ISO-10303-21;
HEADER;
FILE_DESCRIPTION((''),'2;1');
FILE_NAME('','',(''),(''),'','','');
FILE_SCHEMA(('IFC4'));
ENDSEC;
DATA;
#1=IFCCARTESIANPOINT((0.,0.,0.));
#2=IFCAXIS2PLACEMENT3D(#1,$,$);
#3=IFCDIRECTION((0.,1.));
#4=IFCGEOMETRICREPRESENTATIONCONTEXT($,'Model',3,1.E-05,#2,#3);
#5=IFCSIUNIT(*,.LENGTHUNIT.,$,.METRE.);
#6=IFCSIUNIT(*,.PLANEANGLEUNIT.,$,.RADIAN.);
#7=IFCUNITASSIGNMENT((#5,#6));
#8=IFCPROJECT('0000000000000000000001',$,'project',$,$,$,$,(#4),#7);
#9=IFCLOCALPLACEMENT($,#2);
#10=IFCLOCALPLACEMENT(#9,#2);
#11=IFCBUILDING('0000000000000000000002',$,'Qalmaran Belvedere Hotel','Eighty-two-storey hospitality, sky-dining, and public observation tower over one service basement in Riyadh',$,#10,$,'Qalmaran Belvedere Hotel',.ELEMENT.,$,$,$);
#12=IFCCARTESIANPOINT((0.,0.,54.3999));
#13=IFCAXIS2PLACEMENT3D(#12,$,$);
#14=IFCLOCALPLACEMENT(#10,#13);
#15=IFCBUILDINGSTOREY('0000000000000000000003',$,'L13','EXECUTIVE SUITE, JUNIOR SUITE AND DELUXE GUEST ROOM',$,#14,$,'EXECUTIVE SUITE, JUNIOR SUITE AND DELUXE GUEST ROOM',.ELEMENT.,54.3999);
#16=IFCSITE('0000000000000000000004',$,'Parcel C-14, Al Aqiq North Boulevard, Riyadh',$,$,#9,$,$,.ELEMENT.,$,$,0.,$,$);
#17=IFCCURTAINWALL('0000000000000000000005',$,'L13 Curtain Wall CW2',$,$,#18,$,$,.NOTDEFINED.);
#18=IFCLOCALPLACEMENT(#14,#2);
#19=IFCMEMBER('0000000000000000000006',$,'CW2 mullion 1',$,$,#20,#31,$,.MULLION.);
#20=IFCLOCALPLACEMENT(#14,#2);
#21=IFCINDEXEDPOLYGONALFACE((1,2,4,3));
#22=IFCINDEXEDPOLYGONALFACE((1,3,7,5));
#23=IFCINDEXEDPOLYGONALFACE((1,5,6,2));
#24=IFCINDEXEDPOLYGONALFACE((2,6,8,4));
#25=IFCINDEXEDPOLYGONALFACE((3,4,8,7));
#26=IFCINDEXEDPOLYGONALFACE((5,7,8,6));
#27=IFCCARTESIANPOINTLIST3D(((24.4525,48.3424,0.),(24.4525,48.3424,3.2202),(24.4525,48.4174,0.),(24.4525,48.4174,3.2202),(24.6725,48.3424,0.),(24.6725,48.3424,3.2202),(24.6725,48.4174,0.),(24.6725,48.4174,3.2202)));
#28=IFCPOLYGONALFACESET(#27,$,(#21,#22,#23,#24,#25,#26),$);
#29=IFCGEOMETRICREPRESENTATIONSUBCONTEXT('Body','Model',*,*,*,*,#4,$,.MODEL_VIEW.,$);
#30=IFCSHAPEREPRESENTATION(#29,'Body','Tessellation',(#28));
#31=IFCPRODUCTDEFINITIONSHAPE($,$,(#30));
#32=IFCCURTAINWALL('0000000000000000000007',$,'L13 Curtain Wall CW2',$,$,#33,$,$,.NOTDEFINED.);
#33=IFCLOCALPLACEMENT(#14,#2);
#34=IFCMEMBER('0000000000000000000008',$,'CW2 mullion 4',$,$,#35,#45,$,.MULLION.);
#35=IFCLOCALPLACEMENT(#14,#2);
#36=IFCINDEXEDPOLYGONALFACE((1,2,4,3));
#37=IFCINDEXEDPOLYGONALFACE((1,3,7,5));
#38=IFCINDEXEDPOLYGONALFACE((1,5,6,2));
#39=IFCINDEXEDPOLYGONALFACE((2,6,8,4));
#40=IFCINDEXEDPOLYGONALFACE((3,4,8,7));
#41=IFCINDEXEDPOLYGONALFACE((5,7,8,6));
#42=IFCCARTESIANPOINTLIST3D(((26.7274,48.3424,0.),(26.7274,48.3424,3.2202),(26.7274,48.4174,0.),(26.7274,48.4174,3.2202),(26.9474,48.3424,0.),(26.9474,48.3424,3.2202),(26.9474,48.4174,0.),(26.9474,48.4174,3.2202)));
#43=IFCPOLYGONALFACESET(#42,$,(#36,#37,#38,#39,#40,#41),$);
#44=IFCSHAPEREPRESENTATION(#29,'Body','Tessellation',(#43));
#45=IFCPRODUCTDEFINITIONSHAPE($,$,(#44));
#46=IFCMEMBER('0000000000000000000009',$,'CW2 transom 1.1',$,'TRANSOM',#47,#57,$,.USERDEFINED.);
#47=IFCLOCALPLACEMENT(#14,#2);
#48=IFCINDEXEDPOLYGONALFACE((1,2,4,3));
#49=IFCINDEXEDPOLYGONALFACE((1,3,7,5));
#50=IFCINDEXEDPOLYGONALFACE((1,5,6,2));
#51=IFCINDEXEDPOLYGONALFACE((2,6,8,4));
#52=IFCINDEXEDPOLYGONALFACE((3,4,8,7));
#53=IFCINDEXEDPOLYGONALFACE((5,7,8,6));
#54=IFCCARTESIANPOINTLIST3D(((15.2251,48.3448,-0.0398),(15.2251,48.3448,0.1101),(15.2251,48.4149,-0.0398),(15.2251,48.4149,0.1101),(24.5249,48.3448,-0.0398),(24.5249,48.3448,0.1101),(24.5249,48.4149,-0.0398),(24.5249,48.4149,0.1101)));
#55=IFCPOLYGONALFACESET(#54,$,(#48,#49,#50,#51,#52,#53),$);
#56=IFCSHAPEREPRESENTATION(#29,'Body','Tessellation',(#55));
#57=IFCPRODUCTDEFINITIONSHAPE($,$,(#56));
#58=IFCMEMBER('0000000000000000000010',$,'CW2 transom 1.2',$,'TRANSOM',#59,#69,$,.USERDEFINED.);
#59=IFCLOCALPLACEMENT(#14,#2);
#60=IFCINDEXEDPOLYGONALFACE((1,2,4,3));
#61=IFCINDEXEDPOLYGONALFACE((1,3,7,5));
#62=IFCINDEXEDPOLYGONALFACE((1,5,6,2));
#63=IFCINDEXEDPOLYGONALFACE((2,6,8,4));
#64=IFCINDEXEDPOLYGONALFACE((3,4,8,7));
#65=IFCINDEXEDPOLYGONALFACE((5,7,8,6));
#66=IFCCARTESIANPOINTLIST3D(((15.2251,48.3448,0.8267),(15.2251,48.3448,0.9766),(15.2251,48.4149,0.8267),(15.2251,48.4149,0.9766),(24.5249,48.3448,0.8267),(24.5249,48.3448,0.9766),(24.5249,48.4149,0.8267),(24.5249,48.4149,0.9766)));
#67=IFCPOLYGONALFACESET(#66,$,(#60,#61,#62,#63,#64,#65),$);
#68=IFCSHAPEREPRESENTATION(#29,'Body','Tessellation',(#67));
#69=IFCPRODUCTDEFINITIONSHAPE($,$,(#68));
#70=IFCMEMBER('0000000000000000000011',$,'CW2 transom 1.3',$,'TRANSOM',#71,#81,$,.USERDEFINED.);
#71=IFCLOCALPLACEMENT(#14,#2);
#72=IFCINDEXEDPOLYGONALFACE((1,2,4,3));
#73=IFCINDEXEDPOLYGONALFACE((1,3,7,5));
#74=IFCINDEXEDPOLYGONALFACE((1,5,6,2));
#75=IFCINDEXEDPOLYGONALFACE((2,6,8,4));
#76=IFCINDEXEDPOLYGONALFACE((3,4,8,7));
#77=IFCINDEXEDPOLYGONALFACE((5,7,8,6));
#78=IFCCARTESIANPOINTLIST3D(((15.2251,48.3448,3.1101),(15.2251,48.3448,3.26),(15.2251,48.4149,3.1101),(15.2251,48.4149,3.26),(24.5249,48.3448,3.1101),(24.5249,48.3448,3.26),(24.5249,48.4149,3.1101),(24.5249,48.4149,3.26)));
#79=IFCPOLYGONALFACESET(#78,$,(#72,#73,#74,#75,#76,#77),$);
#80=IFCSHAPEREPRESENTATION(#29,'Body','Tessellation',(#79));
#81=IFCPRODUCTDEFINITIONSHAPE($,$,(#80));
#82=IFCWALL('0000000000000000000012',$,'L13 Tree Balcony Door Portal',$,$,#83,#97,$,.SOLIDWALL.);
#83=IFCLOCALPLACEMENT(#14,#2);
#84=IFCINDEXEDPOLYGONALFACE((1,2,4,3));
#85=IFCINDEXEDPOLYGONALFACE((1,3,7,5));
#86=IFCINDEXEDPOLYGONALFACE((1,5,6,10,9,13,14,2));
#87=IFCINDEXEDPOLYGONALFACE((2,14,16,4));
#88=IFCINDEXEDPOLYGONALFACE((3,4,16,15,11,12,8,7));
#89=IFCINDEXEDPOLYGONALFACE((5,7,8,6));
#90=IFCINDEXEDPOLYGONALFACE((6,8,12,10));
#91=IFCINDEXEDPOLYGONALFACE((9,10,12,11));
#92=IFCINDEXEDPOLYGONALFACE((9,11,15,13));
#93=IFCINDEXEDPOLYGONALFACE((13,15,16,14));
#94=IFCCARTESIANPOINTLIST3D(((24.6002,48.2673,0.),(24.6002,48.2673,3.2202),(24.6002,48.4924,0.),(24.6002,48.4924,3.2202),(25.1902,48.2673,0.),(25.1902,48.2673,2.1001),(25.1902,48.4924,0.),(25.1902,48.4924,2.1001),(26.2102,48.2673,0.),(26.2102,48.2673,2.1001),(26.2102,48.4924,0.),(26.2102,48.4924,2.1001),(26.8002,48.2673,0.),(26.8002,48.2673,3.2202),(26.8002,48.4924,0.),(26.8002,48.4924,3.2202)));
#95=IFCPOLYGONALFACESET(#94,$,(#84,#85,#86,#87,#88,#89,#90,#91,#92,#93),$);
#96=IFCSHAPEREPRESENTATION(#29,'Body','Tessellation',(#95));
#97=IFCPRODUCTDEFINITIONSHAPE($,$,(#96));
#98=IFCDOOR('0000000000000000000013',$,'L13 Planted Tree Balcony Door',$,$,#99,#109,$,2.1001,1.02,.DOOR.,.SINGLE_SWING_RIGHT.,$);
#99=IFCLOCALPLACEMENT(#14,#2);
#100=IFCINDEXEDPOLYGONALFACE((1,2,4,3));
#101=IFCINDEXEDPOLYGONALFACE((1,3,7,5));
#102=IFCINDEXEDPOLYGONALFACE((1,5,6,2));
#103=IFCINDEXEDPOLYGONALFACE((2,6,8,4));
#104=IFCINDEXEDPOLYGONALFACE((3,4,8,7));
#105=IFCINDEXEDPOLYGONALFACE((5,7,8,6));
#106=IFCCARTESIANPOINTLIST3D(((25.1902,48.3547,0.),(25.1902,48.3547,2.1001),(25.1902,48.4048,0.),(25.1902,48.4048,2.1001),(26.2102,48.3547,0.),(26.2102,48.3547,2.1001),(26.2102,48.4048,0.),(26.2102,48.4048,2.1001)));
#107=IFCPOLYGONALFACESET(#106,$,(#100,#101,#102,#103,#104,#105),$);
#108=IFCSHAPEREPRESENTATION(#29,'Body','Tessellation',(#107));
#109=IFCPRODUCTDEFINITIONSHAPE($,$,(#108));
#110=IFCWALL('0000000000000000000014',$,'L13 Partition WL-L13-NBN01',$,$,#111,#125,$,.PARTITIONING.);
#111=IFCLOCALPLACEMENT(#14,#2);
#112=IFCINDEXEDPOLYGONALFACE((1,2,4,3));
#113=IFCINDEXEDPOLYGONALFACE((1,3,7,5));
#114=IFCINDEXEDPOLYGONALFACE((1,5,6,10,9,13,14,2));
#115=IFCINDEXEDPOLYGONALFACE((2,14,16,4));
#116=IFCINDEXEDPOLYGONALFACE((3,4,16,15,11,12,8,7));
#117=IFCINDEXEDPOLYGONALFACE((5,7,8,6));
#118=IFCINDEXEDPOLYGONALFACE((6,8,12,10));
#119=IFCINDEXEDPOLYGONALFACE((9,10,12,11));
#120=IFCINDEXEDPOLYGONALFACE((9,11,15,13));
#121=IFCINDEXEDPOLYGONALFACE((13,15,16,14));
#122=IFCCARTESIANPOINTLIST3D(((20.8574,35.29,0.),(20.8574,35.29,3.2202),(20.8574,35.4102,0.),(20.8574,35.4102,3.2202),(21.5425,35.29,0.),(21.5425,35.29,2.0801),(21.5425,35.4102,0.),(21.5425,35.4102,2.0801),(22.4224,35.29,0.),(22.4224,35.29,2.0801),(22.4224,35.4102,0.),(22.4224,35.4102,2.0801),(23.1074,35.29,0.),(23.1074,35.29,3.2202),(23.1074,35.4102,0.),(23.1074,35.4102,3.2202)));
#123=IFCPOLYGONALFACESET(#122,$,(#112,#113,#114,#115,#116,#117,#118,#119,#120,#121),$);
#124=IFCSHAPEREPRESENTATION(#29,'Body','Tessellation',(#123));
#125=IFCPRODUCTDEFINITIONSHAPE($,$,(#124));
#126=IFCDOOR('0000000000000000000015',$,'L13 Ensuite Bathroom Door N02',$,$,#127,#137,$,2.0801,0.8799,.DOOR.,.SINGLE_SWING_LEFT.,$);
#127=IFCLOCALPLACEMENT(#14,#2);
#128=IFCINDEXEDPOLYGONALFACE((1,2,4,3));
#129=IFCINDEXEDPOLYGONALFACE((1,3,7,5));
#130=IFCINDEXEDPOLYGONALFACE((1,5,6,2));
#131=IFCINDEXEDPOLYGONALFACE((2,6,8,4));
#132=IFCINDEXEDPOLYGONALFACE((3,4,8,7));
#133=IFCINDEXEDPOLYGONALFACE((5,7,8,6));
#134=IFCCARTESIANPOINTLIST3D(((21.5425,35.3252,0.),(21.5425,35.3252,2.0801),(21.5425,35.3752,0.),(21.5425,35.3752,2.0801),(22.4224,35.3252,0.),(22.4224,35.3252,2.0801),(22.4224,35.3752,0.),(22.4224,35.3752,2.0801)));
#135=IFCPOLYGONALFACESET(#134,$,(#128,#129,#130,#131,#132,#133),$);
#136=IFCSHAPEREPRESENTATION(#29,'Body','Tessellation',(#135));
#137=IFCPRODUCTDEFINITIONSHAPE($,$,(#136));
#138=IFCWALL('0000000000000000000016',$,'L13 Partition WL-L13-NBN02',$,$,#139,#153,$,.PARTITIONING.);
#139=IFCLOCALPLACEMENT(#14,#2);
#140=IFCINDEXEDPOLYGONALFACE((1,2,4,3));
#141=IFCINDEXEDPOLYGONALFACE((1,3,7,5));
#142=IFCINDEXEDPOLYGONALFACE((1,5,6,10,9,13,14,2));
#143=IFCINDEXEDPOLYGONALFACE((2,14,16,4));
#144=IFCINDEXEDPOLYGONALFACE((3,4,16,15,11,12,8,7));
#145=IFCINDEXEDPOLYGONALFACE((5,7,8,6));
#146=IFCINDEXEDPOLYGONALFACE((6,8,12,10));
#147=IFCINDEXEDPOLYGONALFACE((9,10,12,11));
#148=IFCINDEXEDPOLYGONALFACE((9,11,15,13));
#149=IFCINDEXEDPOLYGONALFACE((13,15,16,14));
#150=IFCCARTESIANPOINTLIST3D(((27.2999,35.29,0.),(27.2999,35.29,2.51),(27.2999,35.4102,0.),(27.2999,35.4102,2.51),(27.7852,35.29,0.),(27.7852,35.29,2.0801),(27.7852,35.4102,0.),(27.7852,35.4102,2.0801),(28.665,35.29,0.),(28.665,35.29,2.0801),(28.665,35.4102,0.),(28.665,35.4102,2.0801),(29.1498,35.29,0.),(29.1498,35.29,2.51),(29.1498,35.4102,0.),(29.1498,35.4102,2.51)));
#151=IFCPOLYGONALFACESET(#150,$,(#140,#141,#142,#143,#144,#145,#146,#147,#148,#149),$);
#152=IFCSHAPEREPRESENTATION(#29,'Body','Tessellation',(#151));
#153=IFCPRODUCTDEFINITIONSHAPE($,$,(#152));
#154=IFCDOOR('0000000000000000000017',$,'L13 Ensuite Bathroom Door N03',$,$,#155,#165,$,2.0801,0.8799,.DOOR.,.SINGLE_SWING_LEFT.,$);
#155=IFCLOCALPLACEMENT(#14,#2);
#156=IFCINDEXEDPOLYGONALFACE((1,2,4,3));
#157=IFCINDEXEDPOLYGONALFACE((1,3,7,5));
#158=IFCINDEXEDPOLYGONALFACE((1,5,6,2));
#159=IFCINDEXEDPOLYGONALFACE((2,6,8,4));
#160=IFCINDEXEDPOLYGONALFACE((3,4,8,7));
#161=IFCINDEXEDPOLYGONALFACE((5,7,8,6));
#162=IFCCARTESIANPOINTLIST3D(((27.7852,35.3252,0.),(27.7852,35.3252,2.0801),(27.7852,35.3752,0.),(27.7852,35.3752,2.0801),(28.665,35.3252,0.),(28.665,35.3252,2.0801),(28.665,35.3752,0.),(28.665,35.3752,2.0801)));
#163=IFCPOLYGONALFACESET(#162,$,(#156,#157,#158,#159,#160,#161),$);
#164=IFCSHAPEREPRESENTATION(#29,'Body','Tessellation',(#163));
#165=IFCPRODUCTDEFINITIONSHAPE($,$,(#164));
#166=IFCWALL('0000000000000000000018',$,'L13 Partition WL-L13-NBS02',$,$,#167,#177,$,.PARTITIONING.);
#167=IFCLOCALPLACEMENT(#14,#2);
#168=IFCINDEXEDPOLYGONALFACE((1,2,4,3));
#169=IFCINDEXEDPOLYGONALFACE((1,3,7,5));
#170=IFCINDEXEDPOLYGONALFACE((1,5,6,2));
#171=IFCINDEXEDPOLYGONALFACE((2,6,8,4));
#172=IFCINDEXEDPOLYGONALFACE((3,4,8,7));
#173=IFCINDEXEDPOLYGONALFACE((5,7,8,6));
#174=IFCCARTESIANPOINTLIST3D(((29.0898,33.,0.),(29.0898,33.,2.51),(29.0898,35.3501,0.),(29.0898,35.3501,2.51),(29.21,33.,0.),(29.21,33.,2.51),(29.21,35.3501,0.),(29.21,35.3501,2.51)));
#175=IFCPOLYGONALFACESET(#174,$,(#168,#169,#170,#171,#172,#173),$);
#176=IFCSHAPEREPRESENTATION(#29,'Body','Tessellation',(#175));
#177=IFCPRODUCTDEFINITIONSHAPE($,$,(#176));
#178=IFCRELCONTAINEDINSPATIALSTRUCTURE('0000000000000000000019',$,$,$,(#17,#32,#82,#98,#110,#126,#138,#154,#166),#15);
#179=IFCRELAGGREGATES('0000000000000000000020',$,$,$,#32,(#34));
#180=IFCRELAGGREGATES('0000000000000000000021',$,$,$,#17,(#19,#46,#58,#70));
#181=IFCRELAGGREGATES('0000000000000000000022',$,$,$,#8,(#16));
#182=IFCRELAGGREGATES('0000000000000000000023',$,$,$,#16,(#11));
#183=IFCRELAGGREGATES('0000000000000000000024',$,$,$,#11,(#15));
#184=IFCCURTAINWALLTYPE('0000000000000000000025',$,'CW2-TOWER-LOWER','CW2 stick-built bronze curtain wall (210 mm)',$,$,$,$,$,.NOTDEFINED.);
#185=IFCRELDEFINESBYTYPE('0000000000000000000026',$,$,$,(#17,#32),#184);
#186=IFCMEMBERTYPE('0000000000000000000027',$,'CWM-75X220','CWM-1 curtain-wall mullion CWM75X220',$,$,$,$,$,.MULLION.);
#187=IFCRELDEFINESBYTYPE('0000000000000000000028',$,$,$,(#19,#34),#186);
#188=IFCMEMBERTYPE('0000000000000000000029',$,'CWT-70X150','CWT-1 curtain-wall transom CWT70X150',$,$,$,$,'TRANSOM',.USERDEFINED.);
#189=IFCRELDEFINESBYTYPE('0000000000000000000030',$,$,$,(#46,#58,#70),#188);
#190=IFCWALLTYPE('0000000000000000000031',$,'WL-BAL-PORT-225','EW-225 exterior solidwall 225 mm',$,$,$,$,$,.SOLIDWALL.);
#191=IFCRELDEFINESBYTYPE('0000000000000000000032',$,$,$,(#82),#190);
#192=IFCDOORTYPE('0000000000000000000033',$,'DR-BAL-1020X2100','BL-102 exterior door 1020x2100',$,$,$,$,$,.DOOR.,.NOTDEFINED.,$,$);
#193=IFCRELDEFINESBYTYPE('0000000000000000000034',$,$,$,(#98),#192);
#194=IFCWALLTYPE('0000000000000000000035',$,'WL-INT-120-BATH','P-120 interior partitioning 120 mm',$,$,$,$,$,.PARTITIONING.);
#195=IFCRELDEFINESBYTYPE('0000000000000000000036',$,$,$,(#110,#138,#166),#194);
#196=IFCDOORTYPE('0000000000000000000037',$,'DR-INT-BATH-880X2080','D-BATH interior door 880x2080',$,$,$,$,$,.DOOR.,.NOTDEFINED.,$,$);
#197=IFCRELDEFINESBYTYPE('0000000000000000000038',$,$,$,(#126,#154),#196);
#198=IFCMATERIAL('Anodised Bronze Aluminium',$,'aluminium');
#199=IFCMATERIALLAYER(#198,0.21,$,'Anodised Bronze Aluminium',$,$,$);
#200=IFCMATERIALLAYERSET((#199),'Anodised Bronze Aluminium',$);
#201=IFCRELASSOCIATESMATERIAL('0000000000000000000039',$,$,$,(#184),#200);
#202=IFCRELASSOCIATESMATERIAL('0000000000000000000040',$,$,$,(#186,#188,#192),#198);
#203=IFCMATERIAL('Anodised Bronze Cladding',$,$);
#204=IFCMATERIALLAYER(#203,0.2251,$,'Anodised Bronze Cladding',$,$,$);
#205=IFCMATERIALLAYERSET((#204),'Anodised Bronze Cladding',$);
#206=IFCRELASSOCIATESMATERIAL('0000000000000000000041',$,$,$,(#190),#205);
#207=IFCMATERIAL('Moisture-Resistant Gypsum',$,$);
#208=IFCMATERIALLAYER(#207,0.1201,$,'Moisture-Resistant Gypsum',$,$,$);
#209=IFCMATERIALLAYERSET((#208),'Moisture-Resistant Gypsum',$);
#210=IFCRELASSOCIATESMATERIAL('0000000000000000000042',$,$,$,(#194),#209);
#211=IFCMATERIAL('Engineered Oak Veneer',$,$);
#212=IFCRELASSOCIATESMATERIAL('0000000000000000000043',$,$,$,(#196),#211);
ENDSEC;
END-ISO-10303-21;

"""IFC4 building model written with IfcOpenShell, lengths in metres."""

from ifc_helpers import new_model, si_unit, direction, frame, frame_2d, origin, origin_2d, place, context, subcontext, project, spatial, rectangle, extrude, material, layer, layer_set, material_profile, profile_set, type_object, element, fill, aggregate, save


model = new_model("IFC4")

# Units and contexts
model_context = context("Model", 3, precision=1e-05, world=origin(), true_north=direction((0.0, 1.0)))
body_context = subcontext(model_context, "Body", "Model", "MODEL_VIEW")
ifc_project = project(units=[si_unit("LENGTHUNIT", "METRE"), si_unit("PLANEANGLEUNIT", "RADIAN")], contexts=[model_context])

# Site, building, storey
site_placement = place(None, origin())
site = spatial("IfcSite", under=ifc_project, at=site_placement, Name="Parcel C-14, Al Aqiq North Boulevard, Riyadh", CompositionType="ELEMENT", RefElevation=0.0)
building_placement = place(site_placement, origin())
building = spatial("IfcBuilding", under=site, at=building_placement, Name="Qalmaran Belvedere Hotel", Description="Eighty-two-storey hospitality, sky-dining, and public observation tower over one service basement in Riyadh", LongName="Qalmaran Belvedere Hotel", CompositionType="ELEMENT")
storey_placement = place(building_placement, frame((0.0, 0.0, 54.3999)))
storey = spatial("IfcBuildingStorey", under=building, at=storey_placement, Name="L13", Description="EXECUTIVE SUITE, JUNIOR SUITE AND DELUXE GUEST ROOM", LongName="EXECUTIVE SUITE, JUNIOR SUITE AND DELUXE GUEST ROOM", CompositionType="ELEMENT", Elevation=54.3999)

# Curtain walls, members
ifc_material_1 = material(Name="Anodised Bronze Aluminium", Category="aluminium")
ifc_layer_1 = layer(ifc_material_1, 0.21, Name="Anodised Bronze Aluminium")
ifc_layer_set_1 = layer_set([ifc_layer_1], Name="Anodised Bronze Aluminium")
curtain_wall_type = type_object("IfcCurtainWallType", Name="CW2-TOWER-LOWER", Description="CW2 stick-built bronze curtain wall (210 mm)", PredefinedType="NOTDEFINED", material=ifc_layer_set_1)
curtain_wall_1_placement = place(storey_placement, origin())
curtain_wall_1 = element("IfcCurtainWall", 1, at=curtain_wall_1_placement, inside=storey, type_object=curtain_wall_type, Name="L13 Curtain Wall CW2", PredefinedType="NOTDEFINED")
ifc_material_profile_1 = material_profile(ifc_material_1, rectangle(XDim=0.075, YDim=0.22, at=origin_2d()), Name="CWM75X220")
ifc_profile_set_1 = profile_set([ifc_material_profile_1], Name="Anodised Bronze Aluminium")
member_type_1 = type_object("IfcMemberType", Name="CWM-75X220", Description="CWM-1 curtain-wall mullion CWM75X220", PredefinedType="MULLION", material=ifc_profile_set_1)
member_1_placement = place(storey_placement, frame((24.5625, 48.3799, 0.0), z_axis=(0.0, 0.0, 1.0), x_axis=(0.0, -1.0, 0.0)))
member_1 = element("IfcMember", 2, at=member_1_placement, type_object=member_type_1, Name="CW2 mullion 1", PredefinedType="MULLION", context=body_context, shape_type="SweptSolid", body=[
    extrude(rectangle(XDim=0.075, YDim=0.22, at=origin_2d()), origin(), (0.0, 0.0, 1.0), 3.2202),
])
curtain_wall_2_placement = place(storey_placement, origin())
curtain_wall_2 = element("IfcCurtainWall", 3, at=curtain_wall_2_placement, inside=storey, type_object=curtain_wall_type, Name="L13 Curtain Wall CW2", PredefinedType="NOTDEFINED")
member_2_placement = place(storey_placement, frame((26.8374, 48.3799, 0.0), z_axis=(0.0, 0.0, 1.0), x_axis=(0.0, -1.0, 0.0)))
member_2 = element("IfcMember", 4, at=member_2_placement, type_object=member_type_1, Name="CW2 mullion 4", PredefinedType="MULLION", context=body_context, shape_type="SweptSolid", body=[
    extrude(rectangle(XDim=0.075, YDim=0.22, at=origin_2d()), origin(), (0.0, 0.0, 1.0), 3.2202),
])
aggregate(curtain_wall_2, [member_2])

# Members
ifc_material_profile_2 = material_profile(ifc_material_1, rectangle(XDim=0.0701, YDim=0.1499, at=origin_2d()), Name="CWT70X150")
ifc_profile_set_2 = profile_set([ifc_material_profile_2], Name="Anodised Bronze Aluminium")
member_type_2 = type_object("IfcMemberType", Name="CWT-70X150", Description="CWT-1 curtain-wall transom CWT70X150", ElementType="TRANSOM", PredefinedType="USERDEFINED", material=ifc_profile_set_2)
member_3_placement = place(storey_placement, frame((24.5249, 48.3799, 0.0352), z_axis=(-1.0, 0.0, 0.0), x_axis=(0.0, -1.0, 0.0)))
member_3 = element("IfcMember", 5, at=member_3_placement, type_object=member_type_2, Name="CW2 transom 1.1", ObjectType="TRANSOM", PredefinedType="USERDEFINED", context=body_context, shape_type="SweptSolid", body=[
    extrude(rectangle(XDim=0.0701, YDim=0.1499, at=origin_2d()), origin(), (0.0, 0.0, 1.0), 9.2998),
])
member_4_placement = place(storey_placement, frame((24.5249, 48.3799, 0.9016), z_axis=(-1.0, 0.0, 0.0), x_axis=(0.0, -1.0, 0.0)))
member_4 = element("IfcMember", 6, at=member_4_placement, type_object=member_type_2, Name="CW2 transom 1.2", ObjectType="TRANSOM", PredefinedType="USERDEFINED", context=body_context, shape_type="SweptSolid", body=[
    extrude(rectangle(XDim=0.0701, YDim=0.1499, at=origin_2d()), origin(), (0.0, 0.0, 1.0), 9.2998),
])
member_5_placement = place(storey_placement, frame((24.5249, 48.3799, 3.1851), z_axis=(-1.0, 0.0, 0.0), x_axis=(0.0, -1.0, 0.0)))
member_5 = element("IfcMember", 7, at=member_5_placement, type_object=member_type_2, Name="CW2 transom 1.3", ObjectType="TRANSOM", PredefinedType="USERDEFINED", context=body_context, shape_type="SweptSolid", body=[
    extrude(rectangle(XDim=0.0701, YDim=0.1499, at=origin_2d()), origin(), (0.0, 0.0, 1.0), 9.2998),
])
aggregate(curtain_wall_1, [member_1, member_3, member_4, member_5])

# Walls, openings, doors
ifc_material_2 = material(Name="Anodised Bronze Cladding")
ifc_layer_2 = layer(ifc_material_2, 0.2251, Name="Anodised Bronze Cladding")
ifc_layer_set_2 = layer_set([ifc_layer_2], Name="Anodised Bronze Cladding")
wall_type_1 = type_object("IfcWallType", Name="WL-BAL-PORT-225", Description="EW-225 exterior solidwall 225 mm", PredefinedType="SOLIDWALL", material=ifc_layer_set_2)
wall_1_placement = place(storey_placement, frame((24.6001, 48.3799, 0.0), z_axis=(0.0, 0.0, 1.0), x_axis=(1.0, 0.0, 0.0)))
wall_1 = element("IfcWall", 8, at=wall_1_placement, inside=storey, type_object=wall_type_1, Name="L13 Tree Balcony Door Portal", PredefinedType="SOLIDWALL", context=body_context, shape_type="SweptSolid", body=[
    extrude(rectangle(XDim=2.2, YDim=0.2251, at=frame_2d((1.1001, 0.0))), origin(), (0.0, 0.0, 1.0), 3.2202),
])
opening_1_placement = place(wall_1_placement, frame((0.5901, 0.0, 0.0)))
opening_1 = element("IfcOpeningElement", 9, at=opening_1_placement, cuts=wall_1, PredefinedType="OPENING", context=body_context, shape_type="SweptSolid", body=[
    extrude(rectangle(XDim=1.02, YDim=2.1001, at=frame_2d((0.51, 1.05))), frame((0.0, 0.1226, 0.0), z_axis=(0.0, -1.0, 0.0), x_axis=(1.0, 0.0, 0.0)), (0.0, 0.0, 1.0), 0.2451),
])
door_type_1 = type_object("IfcDoorType", Name="DR-BAL-1020X2100", Description="BL-102 exterior door 1020x2100", OperationType="NOTDEFINED", PredefinedType="DOOR", material=ifc_material_1)
door_1_placement = place(opening_1_placement, origin())
door_1 = element("IfcDoor", 10, at=door_1_placement, inside=storey, type_object=door_type_1, Name="L13 Planted Tree Balcony Door", OperationType="SINGLE_SWING_RIGHT", OverallHeight=2.1001, OverallWidth=1.02, PredefinedType="DOOR", context=body_context, shape_type="SweptSolid", body=[
    extrude(rectangle(XDim=1.02, YDim=2.1001, at=frame_2d((0.51, 1.05))), frame((0.0, 0.0249, 0.0), z_axis=(0.0, -1.0, 0.0), x_axis=(1.0, 0.0, 0.0)), (0.0, 0.0, 1.0), 0.05),
])
fill(opening_1, door_1)
ifc_material_3 = material(Name="Moisture-Resistant Gypsum")
ifc_layer_3 = layer(ifc_material_3, 0.1201, Name="Moisture-Resistant Gypsum")
ifc_layer_set_3 = layer_set([ifc_layer_3], Name="Moisture-Resistant Gypsum")
wall_type_2 = type_object("IfcWallType", Name="WL-INT-120-BATH", Description="P-120 interior partitioning 120 mm", PredefinedType="PARTITIONING", material=ifc_layer_set_3)
wall_2_placement = place(storey_placement, frame((20.8574, 35.3501, 0.0), z_axis=(0.0, 0.0, 1.0), x_axis=(1.0, 0.0, 0.0)))
wall_2 = element("IfcWall", 11, at=wall_2_placement, inside=storey, type_object=wall_type_2, Name="L13 Partition WL-L13-NBN01", PredefinedType="PARTITIONING", context=body_context, shape_type="SweptSolid", body=[
    extrude(rectangle(XDim=2.25, YDim=0.1201, at=frame_2d((1.125, 0.0))), origin(), (0.0, 0.0, 1.0), 3.2202),
])
opening_2_placement = place(wall_2_placement, frame((1.5649, 0.0, 0.0), z_axis=(0.0, 0.0, 1.0), x_axis=(-1.0, 0.0, 0.0)))
opening_2 = element("IfcOpeningElement", 12, at=opening_2_placement, cuts=wall_2, PredefinedType="OPENING", context=body_context, shape_type="SweptSolid", body=[
    extrude(rectangle(XDim=0.8799, YDim=2.0801, at=frame_2d((0.4399, 1.04))), frame((0.0, 0.0701, 0.0), z_axis=(0.0, -1.0, 0.0), x_axis=(1.0, 0.0, 0.0)), (0.0, 0.0, 1.0), 0.1401),
])
ifc_material_4 = material(Name="Engineered Oak Veneer")
door_type_2 = type_object("IfcDoorType", Name="DR-INT-BATH-880X2080", Description="D-BATH interior door 880x2080", OperationType="NOTDEFINED", PredefinedType="DOOR", material=ifc_material_4)
door_2_placement = place(opening_2_placement, origin())
door_2 = element("IfcDoor", 13, at=door_2_placement, inside=storey, type_object=door_type_2, Name="L13 Ensuite Bathroom Door N02", OperationType="SINGLE_SWING_LEFT", OverallHeight=2.0801, OverallWidth=0.8799, PredefinedType="DOOR", context=body_context, shape_type="SweptSolid", body=[
    extrude(rectangle(XDim=0.8799, YDim=2.0801, at=frame_2d((0.4399, 1.04))), frame((0.0, 0.0249, 0.0), z_axis=(0.0, -1.0, 0.0), x_axis=(1.0, 0.0, 0.0)), (0.0, 0.0, 1.0), 0.05),
])
fill(opening_2, door_2)
wall_3_placement = place(storey_placement, frame((27.3, 35.3501, 0.0), z_axis=(0.0, 0.0, 1.0), x_axis=(1.0, 0.0, 0.0)))
wall_3 = element("IfcWall", 14, at=wall_3_placement, inside=storey, type_object=wall_type_2, Name="L13 Partition WL-L13-NBN02", PredefinedType="PARTITIONING", context=body_context, shape_type="SweptSolid", body=[
    extrude(rectangle(XDim=1.8499, YDim=0.1201, at=frame_2d((0.9248, 0.0))), origin(), (0.0, 0.0, 1.0), 2.51),
])
opening_3_placement = place(wall_3_placement, frame((1.365, 0.0, 0.0), z_axis=(0.0, 0.0, 1.0), x_axis=(-1.0, 0.0, 0.0)))
opening_3 = element("IfcOpeningElement", 15, at=opening_3_placement, cuts=wall_3, PredefinedType="OPENING", context=body_context, shape_type="SweptSolid", body=[
    extrude(rectangle(XDim=0.8799, YDim=2.0801, at=frame_2d((0.4399, 1.04))), frame((0.0, 0.0701, 0.0), z_axis=(0.0, -1.0, 0.0), x_axis=(1.0, 0.0, 0.0)), (0.0, 0.0, 1.0), 0.1401),
])
door_3_placement = place(opening_3_placement, origin())
door_3 = element("IfcDoor", 16, at=door_3_placement, inside=storey, type_object=door_type_2, Name="L13 Ensuite Bathroom Door N03", OperationType="SINGLE_SWING_LEFT", OverallHeight=2.0801, OverallWidth=0.8799, PredefinedType="DOOR", context=body_context, shape_type="SweptSolid", body=[
    extrude(rectangle(XDim=0.8799, YDim=2.0801, at=frame_2d((0.4399, 1.04))), frame((0.0, 0.0249, 0.0), z_axis=(0.0, -1.0, 0.0), x_axis=(1.0, 0.0, 0.0)), (0.0, 0.0, 1.0), 0.05),
])
fill(opening_3, door_3)

# Wall
wall_4_placement = place(storey_placement, frame((29.1499, 33.0, 0.0), z_axis=(0.0, 0.0, 1.0), x_axis=(0.0, 1.0, 0.0)))
element("IfcWall", 17, at=wall_4_placement, inside=storey, type_object=wall_type_2, Name="L13 Partition WL-L13-NBS02", PredefinedType="PARTITIONING", context=body_context, shape_type="SweptSolid", body=[
    extrude(rectangle(XDim=2.3501, YDim=0.1201, at=frame_2d((1.175, 0.0))), origin(), (0.0, 0.0, 1.0), 2.51),
])

save(model, "model.ifc")
